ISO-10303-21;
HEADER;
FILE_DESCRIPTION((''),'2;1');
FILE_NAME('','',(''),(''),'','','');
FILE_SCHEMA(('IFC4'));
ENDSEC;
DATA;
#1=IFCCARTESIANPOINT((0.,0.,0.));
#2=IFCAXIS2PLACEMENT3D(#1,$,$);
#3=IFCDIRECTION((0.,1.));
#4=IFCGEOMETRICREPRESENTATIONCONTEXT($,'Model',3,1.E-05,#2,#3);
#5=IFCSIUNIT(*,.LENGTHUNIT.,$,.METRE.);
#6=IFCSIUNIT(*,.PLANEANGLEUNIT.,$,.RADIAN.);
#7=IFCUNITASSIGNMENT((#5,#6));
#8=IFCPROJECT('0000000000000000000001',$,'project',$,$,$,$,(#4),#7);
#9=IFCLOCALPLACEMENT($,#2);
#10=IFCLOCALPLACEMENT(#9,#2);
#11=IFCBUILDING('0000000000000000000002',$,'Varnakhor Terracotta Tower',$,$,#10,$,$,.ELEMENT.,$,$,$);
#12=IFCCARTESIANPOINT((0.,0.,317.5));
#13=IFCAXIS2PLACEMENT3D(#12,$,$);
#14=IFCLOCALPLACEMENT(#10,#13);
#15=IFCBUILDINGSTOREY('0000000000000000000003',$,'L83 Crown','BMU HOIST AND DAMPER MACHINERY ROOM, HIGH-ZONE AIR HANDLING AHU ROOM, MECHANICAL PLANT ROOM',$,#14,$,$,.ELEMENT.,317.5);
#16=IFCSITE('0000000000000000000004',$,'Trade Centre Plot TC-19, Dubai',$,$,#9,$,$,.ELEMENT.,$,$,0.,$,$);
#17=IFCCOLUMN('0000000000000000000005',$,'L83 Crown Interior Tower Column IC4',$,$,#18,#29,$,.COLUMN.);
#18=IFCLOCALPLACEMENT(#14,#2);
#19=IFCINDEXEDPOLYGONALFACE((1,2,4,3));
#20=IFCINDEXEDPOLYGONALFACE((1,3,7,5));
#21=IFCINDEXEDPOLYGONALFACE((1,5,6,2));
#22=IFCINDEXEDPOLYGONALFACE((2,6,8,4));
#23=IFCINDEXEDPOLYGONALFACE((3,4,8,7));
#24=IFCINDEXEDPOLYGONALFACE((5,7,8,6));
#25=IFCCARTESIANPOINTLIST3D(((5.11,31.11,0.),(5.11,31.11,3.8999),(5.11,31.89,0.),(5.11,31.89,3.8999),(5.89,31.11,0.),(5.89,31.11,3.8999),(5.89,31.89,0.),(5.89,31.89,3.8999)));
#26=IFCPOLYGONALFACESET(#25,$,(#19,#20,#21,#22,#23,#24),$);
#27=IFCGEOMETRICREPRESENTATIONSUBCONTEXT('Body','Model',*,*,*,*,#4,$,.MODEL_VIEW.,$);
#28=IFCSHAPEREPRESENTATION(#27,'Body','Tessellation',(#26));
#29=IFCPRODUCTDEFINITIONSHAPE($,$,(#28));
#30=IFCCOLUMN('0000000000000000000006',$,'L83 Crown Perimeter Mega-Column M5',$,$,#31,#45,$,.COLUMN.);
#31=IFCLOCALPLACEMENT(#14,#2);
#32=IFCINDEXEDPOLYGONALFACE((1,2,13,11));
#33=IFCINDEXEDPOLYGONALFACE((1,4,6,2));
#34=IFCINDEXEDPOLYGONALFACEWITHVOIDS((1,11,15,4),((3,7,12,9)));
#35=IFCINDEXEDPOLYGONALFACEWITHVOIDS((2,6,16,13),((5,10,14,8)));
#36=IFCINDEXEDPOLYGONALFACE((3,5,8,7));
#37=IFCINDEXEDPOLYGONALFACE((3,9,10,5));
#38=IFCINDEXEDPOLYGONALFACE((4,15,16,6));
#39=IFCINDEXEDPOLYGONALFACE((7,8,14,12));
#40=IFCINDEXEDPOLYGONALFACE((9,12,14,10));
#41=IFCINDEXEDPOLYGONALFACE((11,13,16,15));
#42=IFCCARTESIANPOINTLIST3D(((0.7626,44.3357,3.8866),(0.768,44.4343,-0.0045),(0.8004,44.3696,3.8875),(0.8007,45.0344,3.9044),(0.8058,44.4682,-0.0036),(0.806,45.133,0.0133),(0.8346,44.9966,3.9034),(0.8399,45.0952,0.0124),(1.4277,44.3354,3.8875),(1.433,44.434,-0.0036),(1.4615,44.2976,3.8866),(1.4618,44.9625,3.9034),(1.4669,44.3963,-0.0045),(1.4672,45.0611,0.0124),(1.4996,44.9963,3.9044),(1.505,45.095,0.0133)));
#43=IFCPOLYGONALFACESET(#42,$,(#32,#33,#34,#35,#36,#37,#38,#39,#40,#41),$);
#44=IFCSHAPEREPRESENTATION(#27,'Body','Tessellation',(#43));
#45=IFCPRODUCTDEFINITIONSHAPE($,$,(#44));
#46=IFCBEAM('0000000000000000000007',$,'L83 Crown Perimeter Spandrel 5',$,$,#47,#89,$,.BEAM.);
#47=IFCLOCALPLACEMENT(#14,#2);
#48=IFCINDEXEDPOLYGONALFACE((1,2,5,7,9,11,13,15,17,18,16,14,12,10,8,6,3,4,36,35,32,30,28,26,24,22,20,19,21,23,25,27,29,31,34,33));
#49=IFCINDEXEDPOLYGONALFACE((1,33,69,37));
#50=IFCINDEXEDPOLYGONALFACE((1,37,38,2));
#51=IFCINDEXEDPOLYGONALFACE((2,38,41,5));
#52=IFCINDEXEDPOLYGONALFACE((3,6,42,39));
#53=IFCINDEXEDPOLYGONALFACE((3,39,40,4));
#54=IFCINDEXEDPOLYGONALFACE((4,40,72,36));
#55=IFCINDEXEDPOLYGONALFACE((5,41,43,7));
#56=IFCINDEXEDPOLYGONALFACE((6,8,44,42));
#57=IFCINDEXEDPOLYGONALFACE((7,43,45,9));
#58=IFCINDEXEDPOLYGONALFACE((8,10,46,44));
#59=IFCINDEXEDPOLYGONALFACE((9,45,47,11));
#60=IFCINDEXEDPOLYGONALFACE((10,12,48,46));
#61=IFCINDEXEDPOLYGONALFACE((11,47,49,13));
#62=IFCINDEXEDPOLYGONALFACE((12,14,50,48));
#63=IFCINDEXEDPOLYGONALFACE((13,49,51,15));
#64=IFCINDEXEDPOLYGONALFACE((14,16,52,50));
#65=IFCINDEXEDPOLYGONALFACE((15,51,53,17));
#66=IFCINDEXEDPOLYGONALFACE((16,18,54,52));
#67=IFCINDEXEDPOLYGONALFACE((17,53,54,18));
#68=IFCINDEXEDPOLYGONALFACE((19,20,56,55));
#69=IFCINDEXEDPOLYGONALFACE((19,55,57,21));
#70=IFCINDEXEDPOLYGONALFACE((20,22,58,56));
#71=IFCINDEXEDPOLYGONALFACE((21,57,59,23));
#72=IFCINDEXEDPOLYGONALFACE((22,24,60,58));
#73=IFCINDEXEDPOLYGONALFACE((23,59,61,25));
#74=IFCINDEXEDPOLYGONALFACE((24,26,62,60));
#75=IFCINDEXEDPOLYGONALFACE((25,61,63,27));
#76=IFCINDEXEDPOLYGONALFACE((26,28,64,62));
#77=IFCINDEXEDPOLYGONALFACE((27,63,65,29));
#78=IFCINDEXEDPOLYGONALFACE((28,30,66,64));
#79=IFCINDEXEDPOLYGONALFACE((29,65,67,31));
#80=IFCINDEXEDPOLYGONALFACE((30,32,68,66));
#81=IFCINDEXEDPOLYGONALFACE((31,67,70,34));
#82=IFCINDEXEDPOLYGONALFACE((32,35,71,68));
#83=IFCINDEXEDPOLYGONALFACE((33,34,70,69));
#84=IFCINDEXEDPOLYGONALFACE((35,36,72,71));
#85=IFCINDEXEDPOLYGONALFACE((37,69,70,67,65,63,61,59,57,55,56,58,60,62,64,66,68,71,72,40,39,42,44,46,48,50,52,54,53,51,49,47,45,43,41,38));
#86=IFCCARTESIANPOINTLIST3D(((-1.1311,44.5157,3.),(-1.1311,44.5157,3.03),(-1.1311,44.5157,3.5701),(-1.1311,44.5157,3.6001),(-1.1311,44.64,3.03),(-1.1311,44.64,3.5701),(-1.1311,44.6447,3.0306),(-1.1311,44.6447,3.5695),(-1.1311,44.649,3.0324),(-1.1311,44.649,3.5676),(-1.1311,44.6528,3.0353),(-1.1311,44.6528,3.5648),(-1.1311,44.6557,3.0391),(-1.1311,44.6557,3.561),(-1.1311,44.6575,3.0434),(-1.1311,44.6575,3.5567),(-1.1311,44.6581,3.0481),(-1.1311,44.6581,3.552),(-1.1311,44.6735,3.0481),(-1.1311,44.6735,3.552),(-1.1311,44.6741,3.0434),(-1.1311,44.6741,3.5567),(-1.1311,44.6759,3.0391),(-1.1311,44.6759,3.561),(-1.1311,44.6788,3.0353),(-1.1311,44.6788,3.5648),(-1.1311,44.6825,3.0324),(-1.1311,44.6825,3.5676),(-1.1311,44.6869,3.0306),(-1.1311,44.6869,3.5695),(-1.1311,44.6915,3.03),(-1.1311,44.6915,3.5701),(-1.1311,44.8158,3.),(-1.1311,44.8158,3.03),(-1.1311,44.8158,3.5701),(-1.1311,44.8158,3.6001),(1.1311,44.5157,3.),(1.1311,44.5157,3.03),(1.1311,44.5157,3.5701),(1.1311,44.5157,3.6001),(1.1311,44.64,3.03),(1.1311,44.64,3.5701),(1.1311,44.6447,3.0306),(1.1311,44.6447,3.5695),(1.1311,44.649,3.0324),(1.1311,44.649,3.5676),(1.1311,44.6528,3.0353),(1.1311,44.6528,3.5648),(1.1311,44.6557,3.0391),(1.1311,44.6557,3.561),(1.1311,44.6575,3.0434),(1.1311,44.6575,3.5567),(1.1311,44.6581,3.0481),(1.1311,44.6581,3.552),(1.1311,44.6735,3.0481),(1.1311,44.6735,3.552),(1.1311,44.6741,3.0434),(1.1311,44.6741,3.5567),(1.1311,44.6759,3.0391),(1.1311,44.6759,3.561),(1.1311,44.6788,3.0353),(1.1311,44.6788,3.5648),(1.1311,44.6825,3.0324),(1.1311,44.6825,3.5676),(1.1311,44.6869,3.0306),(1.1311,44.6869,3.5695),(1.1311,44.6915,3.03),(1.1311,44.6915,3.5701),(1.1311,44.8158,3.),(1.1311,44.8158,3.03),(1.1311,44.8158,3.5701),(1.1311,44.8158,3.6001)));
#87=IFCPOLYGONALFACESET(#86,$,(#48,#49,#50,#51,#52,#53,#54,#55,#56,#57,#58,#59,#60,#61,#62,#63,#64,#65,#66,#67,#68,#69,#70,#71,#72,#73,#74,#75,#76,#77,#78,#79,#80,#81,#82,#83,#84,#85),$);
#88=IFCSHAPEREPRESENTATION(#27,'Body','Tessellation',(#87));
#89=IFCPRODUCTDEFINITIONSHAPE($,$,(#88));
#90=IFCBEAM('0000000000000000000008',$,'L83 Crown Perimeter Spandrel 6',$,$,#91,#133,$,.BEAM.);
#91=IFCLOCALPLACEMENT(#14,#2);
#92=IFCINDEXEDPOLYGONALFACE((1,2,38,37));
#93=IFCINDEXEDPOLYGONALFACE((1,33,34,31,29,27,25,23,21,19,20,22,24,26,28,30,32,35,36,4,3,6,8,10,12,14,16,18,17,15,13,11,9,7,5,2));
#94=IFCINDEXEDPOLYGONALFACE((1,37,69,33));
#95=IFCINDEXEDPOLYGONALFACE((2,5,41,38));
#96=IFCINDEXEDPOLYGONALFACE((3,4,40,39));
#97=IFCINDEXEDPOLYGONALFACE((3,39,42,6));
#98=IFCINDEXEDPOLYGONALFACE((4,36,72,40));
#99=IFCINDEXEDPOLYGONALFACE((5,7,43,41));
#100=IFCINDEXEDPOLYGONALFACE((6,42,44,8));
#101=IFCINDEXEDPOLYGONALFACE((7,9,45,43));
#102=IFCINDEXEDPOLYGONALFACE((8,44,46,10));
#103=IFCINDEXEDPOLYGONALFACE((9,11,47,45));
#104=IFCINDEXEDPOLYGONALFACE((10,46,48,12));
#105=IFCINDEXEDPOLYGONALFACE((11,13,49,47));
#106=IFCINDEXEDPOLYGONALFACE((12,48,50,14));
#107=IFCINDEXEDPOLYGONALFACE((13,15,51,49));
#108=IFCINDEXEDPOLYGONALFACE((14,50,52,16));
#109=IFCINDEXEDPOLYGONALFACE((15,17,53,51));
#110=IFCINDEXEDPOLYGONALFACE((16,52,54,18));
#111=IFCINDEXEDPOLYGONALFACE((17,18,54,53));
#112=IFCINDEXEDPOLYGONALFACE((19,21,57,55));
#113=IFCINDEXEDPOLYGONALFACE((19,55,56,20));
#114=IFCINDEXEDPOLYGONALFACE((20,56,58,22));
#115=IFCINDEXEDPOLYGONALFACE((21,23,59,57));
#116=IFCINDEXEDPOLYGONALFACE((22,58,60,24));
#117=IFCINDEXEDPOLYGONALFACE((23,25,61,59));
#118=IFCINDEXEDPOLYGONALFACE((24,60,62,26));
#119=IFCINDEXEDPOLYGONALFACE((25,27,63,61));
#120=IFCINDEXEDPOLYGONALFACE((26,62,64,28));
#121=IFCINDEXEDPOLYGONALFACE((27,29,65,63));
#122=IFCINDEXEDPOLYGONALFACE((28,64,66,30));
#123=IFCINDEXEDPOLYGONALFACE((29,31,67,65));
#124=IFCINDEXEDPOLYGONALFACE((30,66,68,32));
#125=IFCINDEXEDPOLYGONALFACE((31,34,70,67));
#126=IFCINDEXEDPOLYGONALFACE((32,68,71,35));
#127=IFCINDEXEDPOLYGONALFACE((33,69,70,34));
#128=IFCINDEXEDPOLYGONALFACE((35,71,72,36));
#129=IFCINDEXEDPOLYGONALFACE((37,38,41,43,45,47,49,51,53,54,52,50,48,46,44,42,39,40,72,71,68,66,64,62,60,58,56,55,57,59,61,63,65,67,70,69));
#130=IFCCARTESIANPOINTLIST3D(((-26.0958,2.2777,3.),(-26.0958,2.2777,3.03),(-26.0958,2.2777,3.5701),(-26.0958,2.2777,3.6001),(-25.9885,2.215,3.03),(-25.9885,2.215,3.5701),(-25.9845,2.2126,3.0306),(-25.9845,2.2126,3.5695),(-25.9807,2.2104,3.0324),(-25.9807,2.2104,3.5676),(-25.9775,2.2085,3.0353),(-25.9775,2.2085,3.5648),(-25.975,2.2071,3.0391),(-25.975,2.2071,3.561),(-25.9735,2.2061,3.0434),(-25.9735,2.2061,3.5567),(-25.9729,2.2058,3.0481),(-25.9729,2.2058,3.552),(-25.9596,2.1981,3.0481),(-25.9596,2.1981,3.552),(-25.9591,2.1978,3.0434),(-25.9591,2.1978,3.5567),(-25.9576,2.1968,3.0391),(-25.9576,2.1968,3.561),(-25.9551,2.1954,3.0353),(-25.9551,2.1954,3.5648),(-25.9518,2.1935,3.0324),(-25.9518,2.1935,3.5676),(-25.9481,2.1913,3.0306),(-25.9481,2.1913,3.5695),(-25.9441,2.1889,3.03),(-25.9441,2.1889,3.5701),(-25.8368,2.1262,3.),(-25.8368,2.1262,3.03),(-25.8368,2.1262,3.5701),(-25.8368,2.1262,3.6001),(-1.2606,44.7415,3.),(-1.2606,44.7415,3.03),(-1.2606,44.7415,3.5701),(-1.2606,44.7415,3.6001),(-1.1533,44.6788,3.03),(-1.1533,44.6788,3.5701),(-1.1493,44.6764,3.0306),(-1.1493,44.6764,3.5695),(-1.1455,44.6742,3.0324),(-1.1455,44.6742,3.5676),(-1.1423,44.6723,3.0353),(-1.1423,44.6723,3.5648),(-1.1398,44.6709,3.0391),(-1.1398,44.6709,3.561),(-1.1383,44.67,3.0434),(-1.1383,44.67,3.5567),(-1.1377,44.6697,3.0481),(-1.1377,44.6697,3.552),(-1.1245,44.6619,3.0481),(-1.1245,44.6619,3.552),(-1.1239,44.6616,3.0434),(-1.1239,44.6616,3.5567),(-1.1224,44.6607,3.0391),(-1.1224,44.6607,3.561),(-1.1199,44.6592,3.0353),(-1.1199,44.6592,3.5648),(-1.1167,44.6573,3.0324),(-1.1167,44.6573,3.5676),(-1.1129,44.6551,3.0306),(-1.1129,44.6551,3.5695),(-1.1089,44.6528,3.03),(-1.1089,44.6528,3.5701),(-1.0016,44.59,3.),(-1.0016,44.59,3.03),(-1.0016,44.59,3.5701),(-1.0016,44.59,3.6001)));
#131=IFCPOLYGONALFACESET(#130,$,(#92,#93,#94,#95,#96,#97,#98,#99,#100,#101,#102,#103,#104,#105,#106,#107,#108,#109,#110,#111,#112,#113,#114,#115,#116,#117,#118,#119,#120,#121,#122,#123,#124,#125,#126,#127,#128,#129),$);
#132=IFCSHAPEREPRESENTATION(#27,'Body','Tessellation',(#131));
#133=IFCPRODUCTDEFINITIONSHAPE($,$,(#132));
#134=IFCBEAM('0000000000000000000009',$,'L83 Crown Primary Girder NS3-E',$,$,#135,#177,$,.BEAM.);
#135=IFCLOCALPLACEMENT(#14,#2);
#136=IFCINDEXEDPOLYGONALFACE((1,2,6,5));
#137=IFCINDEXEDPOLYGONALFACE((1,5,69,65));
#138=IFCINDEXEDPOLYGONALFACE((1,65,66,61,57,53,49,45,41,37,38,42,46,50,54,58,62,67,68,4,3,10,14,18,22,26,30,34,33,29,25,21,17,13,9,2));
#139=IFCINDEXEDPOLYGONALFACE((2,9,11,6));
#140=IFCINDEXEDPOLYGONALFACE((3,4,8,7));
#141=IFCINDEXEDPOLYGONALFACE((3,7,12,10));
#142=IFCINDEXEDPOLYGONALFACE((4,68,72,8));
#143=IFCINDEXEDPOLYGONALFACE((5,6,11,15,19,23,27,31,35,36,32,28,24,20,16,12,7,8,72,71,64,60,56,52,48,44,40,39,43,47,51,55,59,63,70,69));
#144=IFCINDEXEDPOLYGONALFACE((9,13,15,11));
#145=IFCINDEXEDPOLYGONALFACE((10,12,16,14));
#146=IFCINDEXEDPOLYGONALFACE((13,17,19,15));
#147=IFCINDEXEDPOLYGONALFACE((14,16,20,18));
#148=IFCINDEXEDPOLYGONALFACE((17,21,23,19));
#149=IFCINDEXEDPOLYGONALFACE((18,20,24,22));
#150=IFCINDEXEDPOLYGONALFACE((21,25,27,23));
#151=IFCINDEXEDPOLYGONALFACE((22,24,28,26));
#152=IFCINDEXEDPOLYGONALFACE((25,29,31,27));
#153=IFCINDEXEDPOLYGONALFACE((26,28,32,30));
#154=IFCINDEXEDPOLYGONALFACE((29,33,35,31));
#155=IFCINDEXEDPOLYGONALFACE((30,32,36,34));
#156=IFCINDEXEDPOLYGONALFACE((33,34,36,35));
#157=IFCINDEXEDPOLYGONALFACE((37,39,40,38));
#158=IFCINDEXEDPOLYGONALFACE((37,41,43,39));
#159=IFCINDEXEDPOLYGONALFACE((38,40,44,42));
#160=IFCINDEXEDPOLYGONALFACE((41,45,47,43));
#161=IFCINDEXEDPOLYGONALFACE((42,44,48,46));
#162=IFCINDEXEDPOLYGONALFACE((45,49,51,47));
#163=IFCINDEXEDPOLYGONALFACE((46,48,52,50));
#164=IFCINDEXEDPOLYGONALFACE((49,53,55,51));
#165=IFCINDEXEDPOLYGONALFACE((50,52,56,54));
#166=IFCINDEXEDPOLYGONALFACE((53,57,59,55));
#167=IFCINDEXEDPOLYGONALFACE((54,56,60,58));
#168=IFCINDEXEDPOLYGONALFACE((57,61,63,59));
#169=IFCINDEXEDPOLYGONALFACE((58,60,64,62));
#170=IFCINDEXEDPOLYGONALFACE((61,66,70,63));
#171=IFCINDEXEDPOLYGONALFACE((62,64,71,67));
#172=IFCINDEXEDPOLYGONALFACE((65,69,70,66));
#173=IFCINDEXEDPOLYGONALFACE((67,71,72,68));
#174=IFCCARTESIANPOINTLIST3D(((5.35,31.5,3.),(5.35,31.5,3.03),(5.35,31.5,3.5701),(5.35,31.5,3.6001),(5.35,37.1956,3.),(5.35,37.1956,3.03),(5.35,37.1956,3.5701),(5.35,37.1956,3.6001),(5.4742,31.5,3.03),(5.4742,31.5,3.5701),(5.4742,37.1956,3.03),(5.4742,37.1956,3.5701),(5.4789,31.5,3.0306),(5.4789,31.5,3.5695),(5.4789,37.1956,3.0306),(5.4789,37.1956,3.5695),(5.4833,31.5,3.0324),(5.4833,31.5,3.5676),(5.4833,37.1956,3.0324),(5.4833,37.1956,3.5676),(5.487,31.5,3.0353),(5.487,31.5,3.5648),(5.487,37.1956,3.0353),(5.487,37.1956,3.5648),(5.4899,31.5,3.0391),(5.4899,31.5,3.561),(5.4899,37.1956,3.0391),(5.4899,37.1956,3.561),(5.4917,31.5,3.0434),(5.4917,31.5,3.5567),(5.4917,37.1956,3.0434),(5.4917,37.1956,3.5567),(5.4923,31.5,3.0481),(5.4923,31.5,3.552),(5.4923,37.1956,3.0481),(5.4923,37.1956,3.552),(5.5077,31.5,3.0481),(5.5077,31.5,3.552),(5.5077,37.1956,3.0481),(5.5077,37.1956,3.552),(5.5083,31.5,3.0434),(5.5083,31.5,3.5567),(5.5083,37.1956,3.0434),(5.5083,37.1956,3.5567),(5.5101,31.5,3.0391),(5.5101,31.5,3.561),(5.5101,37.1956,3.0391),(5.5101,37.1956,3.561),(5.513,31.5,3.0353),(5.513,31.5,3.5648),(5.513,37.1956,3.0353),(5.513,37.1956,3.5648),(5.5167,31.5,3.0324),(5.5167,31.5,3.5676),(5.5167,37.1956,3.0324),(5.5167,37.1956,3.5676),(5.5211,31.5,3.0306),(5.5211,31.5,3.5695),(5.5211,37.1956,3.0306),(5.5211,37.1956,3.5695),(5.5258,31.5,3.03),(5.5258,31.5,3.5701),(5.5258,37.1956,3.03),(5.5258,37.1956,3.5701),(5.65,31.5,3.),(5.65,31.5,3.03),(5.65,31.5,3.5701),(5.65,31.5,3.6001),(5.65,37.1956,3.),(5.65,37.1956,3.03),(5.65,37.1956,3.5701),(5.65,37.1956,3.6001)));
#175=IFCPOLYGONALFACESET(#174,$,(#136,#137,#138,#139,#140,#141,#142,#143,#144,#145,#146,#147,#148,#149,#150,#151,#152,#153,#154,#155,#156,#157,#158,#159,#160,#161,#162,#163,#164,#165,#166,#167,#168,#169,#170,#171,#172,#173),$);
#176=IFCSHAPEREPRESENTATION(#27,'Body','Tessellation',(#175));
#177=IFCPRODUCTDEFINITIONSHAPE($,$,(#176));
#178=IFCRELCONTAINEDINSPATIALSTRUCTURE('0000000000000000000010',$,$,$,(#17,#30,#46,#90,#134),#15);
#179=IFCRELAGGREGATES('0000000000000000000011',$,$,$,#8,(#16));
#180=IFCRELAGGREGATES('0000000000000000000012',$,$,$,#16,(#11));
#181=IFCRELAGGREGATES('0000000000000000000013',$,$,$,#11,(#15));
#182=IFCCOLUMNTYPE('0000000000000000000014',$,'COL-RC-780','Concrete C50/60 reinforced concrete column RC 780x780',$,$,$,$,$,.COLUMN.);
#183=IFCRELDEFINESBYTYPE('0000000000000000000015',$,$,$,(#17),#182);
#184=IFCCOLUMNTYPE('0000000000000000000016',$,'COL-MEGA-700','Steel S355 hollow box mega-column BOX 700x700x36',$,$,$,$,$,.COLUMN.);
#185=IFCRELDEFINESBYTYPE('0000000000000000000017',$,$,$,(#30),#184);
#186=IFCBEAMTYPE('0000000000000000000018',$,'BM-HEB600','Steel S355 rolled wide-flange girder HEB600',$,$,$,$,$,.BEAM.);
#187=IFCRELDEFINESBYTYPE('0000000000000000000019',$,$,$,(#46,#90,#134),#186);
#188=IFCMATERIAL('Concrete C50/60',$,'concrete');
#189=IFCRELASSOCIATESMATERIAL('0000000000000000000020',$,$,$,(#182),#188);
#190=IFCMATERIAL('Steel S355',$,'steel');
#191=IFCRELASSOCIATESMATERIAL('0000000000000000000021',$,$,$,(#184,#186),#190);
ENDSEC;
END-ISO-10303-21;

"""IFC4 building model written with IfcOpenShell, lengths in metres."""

from ifc_helpers import new_model, si_unit, direction, frame, origin, origin_2d, place, context, subcontext, project, spatial, rectangle, hollow_rectangle, i_section, extrude, source, transform, mapped, material, material_profile, profile_set, type_object, element, save


model = new_model("IFC4")

# Units and contexts
model_context = context("Model", 3, precision=1e-05, world=origin(), true_north=direction((0.0, 1.0)))
body_context = subcontext(model_context, "Body", "Model", "MODEL_VIEW")
ifc_project = project(units=[si_unit("LENGTHUNIT", "METRE"), si_unit("PLANEANGLEUNIT", "RADIAN")], contexts=[model_context])

# Site, building, storey
site_placement = place(None, origin())
site = spatial("IfcSite", under=ifc_project, at=site_placement, Name="Trade Centre Plot TC-19, Dubai", CompositionType="ELEMENT", RefElevation=0.0)
building_placement = place(site_placement, origin())
building = spatial("IfcBuilding", under=site, at=building_placement, Name="Varnakhor Terracotta Tower", CompositionType="ELEMENT")
storey_placement = place(building_placement, frame((0.0, 0.0, 317.5)))
storey = spatial("IfcBuildingStorey", under=building, at=storey_placement, Name="L83 Crown", Description="BMU HOIST AND DAMPER MACHINERY ROOM, HIGH-ZONE AIR HANDLING AHU ROOM, MECHANICAL PLANT ROOM", CompositionType="ELEMENT", Elevation=317.5)

# Columns
ifc_material_1 = material(Name="Concrete C50/60", Category="concrete")
ifc_material_profile_1 = material_profile(ifc_material_1, rectangle(XDim=0.78, YDim=0.78, at=origin_2d()), Name="RC 780x780")
ifc_profile_set_1 = profile_set([ifc_material_profile_1], Name="Concrete C50/60")
column_type_1 = type_object("IfcColumnType", Name="COL-RC-780", Description="Concrete C50/60 reinforced concrete column RC 780x780", PredefinedType="COLUMN", material=ifc_profile_set_1)
shared_shape_1 = source(origin(), body_context, "Body", "SweptSolid", [
    extrude(rectangle(XDim=0.78, YDim=0.78, at=origin_2d()), origin(), (0.0, 0.0, 1.0), 3.8999),
])
column_1_placement = place(storey_placement, frame((5.5, 31.5, 0.0), z_axis=(0.0, 0.0, 1.0), x_axis=(1.0, 0.0, 0.0)))
element("IfcColumn", 1, at=column_1_placement, inside=storey, type_object=column_type_1, Name="L83 Crown Interior Tower Column IC4", PredefinedType="COLUMN", context=body_context, shape_type="MappedRepresentation", body=[
    mapped(shared_shape_1, transform((0.0, 0.0, 0.0), scale=1.0)),
])
ifc_material_2 = material(Name="Steel S355", Category="steel")
ifc_material_profile_2 = material_profile(ifc_material_2, hollow_rectangle(XDim=0.7, YDim=0.7, WallThickness=0.0359, at=origin_2d()), Name="BOX 700x700x36")
ifc_profile_set_2 = profile_set([ifc_material_profile_2], Name="Steel S355")
column_type_2 = type_object("IfcColumnType", Name="COL-MEGA-700", Description="Steel S355 hollow box mega-column BOX 700x700x36", PredefinedType="COLUMN", material=ifc_profile_set_2)
shared_shape_2 = source(origin(), body_context, "Body", "SweptSolid", [
    extrude(hollow_rectangle(XDim=0.7, YDim=0.7, WallThickness=0.0359, at=origin_2d()), origin(), (0.0, 0.0, 1.0), 3.8923),
])
column_2_placement = place(storey_placement, frame((1.1365, 44.7646, 0.0044), z_axis=(-0.00138, -0.02534, 0.999678), x_axis=(0.998521, -0.054375, 0.0)))
element("IfcColumn", 2, at=column_2_placement, inside=storey, type_object=column_type_2, Name="L83 Crown Perimeter Mega-Column M5", PredefinedType="COLUMN", context=body_context, shape_type="MappedRepresentation", body=[
    mapped(shared_shape_2, transform((0.0, 0.0, 0.0), scale=1.0)),
])

# Beams
ifc_material_profile_3 = material_profile(ifc_material_2, i_section(OverallWidth=0.3, OverallDepth=0.6001, WebThickness=0.0154, FlangeThickness=0.03, FilletRadius=0.0181, at=origin_2d()), Name="HEB600")
ifc_profile_set_3 = profile_set([ifc_material_profile_3], Name="Steel S355")
beam_type_1 = type_object("IfcBeamType", Name="BM-HEB600", Description="Steel S355 rolled wide-flange girder HEB600", PredefinedType="BEAM", material=ifc_profile_set_3)
shared_shape_3 = source(origin(), body_context, "Body", "SweptSolid", [
    extrude(i_section(OverallWidth=0.3, OverallDepth=0.6001, WebThickness=0.0154, FlangeThickness=0.03, FilletRadius=0.0181, at=origin_2d()), origin(), (0.0, 0.0, 1.0), 2.2622),
])
beam_1_placement = place(storey_placement, frame((1.1311, 44.6658, 3.3), z_axis=(-1.0, 0.0, 0.0), x_axis=(0.0, -1.0, 0.0)))
element("IfcBeam", 3, at=beam_1_placement, inside=storey, type_object=beam_type_1, Name="L83 Crown Perimeter Spandrel 5", PredefinedType="BEAM", context=body_context, shape_type="MappedRepresentation", body=[
    mapped(shared_shape_3, transform((0.0, 0.0, 0.0), scale=1.0)),
])
shared_shape_4 = source(origin(), body_context, "Body", "SweptSolid", [
    extrude(i_section(OverallWidth=0.3, OverallDepth=0.6001, WebThickness=0.0154, FlangeThickness=0.03, FilletRadius=0.0181, at=origin_2d()), origin(), (0.0, 0.0, 1.0), 49.1931),
])
beam_2_placement = place(storey_placement, frame((-1.1311, 44.6658, 3.3), z_axis=(-0.504851, -0.863207, 0.0), x_axis=(0.863207, -0.504851, 0.0)))
element("IfcBeam", 4, at=beam_2_placement, inside=storey, type_object=beam_type_1, Name="L83 Crown Perimeter Spandrel 6", PredefinedType="BEAM", context=body_context, shape_type="MappedRepresentation", body=[
    mapped(shared_shape_4, transform((0.0, 0.0, 0.0), scale=1.0)),
])
shared_shape_5 = source(origin(), body_context, "Body", "SweptSolid", [
    extrude(i_section(OverallWidth=0.3, OverallDepth=0.6001, WebThickness=0.0154, FlangeThickness=0.03, FilletRadius=0.0181, at=origin_2d()), origin(), (0.0, 0.0, 1.0), 5.6956),
])
beam_3_placement = place(storey_placement, frame((5.5, 31.5, 3.3), z_axis=(0.0, 1.0, 0.0), x_axis=(-1.0, 0.0, 0.0)))
element("IfcBeam", 5, at=beam_3_placement, inside=storey, type_object=beam_type_1, Name="L83 Crown Primary Girder NS3-E", PredefinedType="BEAM", context=body_context, shape_type="MappedRepresentation", body=[
    mapped(shared_shape_5, transform((0.0, 0.0, 0.0), scale=1.0)),
])

save(model, "model.ifc")
